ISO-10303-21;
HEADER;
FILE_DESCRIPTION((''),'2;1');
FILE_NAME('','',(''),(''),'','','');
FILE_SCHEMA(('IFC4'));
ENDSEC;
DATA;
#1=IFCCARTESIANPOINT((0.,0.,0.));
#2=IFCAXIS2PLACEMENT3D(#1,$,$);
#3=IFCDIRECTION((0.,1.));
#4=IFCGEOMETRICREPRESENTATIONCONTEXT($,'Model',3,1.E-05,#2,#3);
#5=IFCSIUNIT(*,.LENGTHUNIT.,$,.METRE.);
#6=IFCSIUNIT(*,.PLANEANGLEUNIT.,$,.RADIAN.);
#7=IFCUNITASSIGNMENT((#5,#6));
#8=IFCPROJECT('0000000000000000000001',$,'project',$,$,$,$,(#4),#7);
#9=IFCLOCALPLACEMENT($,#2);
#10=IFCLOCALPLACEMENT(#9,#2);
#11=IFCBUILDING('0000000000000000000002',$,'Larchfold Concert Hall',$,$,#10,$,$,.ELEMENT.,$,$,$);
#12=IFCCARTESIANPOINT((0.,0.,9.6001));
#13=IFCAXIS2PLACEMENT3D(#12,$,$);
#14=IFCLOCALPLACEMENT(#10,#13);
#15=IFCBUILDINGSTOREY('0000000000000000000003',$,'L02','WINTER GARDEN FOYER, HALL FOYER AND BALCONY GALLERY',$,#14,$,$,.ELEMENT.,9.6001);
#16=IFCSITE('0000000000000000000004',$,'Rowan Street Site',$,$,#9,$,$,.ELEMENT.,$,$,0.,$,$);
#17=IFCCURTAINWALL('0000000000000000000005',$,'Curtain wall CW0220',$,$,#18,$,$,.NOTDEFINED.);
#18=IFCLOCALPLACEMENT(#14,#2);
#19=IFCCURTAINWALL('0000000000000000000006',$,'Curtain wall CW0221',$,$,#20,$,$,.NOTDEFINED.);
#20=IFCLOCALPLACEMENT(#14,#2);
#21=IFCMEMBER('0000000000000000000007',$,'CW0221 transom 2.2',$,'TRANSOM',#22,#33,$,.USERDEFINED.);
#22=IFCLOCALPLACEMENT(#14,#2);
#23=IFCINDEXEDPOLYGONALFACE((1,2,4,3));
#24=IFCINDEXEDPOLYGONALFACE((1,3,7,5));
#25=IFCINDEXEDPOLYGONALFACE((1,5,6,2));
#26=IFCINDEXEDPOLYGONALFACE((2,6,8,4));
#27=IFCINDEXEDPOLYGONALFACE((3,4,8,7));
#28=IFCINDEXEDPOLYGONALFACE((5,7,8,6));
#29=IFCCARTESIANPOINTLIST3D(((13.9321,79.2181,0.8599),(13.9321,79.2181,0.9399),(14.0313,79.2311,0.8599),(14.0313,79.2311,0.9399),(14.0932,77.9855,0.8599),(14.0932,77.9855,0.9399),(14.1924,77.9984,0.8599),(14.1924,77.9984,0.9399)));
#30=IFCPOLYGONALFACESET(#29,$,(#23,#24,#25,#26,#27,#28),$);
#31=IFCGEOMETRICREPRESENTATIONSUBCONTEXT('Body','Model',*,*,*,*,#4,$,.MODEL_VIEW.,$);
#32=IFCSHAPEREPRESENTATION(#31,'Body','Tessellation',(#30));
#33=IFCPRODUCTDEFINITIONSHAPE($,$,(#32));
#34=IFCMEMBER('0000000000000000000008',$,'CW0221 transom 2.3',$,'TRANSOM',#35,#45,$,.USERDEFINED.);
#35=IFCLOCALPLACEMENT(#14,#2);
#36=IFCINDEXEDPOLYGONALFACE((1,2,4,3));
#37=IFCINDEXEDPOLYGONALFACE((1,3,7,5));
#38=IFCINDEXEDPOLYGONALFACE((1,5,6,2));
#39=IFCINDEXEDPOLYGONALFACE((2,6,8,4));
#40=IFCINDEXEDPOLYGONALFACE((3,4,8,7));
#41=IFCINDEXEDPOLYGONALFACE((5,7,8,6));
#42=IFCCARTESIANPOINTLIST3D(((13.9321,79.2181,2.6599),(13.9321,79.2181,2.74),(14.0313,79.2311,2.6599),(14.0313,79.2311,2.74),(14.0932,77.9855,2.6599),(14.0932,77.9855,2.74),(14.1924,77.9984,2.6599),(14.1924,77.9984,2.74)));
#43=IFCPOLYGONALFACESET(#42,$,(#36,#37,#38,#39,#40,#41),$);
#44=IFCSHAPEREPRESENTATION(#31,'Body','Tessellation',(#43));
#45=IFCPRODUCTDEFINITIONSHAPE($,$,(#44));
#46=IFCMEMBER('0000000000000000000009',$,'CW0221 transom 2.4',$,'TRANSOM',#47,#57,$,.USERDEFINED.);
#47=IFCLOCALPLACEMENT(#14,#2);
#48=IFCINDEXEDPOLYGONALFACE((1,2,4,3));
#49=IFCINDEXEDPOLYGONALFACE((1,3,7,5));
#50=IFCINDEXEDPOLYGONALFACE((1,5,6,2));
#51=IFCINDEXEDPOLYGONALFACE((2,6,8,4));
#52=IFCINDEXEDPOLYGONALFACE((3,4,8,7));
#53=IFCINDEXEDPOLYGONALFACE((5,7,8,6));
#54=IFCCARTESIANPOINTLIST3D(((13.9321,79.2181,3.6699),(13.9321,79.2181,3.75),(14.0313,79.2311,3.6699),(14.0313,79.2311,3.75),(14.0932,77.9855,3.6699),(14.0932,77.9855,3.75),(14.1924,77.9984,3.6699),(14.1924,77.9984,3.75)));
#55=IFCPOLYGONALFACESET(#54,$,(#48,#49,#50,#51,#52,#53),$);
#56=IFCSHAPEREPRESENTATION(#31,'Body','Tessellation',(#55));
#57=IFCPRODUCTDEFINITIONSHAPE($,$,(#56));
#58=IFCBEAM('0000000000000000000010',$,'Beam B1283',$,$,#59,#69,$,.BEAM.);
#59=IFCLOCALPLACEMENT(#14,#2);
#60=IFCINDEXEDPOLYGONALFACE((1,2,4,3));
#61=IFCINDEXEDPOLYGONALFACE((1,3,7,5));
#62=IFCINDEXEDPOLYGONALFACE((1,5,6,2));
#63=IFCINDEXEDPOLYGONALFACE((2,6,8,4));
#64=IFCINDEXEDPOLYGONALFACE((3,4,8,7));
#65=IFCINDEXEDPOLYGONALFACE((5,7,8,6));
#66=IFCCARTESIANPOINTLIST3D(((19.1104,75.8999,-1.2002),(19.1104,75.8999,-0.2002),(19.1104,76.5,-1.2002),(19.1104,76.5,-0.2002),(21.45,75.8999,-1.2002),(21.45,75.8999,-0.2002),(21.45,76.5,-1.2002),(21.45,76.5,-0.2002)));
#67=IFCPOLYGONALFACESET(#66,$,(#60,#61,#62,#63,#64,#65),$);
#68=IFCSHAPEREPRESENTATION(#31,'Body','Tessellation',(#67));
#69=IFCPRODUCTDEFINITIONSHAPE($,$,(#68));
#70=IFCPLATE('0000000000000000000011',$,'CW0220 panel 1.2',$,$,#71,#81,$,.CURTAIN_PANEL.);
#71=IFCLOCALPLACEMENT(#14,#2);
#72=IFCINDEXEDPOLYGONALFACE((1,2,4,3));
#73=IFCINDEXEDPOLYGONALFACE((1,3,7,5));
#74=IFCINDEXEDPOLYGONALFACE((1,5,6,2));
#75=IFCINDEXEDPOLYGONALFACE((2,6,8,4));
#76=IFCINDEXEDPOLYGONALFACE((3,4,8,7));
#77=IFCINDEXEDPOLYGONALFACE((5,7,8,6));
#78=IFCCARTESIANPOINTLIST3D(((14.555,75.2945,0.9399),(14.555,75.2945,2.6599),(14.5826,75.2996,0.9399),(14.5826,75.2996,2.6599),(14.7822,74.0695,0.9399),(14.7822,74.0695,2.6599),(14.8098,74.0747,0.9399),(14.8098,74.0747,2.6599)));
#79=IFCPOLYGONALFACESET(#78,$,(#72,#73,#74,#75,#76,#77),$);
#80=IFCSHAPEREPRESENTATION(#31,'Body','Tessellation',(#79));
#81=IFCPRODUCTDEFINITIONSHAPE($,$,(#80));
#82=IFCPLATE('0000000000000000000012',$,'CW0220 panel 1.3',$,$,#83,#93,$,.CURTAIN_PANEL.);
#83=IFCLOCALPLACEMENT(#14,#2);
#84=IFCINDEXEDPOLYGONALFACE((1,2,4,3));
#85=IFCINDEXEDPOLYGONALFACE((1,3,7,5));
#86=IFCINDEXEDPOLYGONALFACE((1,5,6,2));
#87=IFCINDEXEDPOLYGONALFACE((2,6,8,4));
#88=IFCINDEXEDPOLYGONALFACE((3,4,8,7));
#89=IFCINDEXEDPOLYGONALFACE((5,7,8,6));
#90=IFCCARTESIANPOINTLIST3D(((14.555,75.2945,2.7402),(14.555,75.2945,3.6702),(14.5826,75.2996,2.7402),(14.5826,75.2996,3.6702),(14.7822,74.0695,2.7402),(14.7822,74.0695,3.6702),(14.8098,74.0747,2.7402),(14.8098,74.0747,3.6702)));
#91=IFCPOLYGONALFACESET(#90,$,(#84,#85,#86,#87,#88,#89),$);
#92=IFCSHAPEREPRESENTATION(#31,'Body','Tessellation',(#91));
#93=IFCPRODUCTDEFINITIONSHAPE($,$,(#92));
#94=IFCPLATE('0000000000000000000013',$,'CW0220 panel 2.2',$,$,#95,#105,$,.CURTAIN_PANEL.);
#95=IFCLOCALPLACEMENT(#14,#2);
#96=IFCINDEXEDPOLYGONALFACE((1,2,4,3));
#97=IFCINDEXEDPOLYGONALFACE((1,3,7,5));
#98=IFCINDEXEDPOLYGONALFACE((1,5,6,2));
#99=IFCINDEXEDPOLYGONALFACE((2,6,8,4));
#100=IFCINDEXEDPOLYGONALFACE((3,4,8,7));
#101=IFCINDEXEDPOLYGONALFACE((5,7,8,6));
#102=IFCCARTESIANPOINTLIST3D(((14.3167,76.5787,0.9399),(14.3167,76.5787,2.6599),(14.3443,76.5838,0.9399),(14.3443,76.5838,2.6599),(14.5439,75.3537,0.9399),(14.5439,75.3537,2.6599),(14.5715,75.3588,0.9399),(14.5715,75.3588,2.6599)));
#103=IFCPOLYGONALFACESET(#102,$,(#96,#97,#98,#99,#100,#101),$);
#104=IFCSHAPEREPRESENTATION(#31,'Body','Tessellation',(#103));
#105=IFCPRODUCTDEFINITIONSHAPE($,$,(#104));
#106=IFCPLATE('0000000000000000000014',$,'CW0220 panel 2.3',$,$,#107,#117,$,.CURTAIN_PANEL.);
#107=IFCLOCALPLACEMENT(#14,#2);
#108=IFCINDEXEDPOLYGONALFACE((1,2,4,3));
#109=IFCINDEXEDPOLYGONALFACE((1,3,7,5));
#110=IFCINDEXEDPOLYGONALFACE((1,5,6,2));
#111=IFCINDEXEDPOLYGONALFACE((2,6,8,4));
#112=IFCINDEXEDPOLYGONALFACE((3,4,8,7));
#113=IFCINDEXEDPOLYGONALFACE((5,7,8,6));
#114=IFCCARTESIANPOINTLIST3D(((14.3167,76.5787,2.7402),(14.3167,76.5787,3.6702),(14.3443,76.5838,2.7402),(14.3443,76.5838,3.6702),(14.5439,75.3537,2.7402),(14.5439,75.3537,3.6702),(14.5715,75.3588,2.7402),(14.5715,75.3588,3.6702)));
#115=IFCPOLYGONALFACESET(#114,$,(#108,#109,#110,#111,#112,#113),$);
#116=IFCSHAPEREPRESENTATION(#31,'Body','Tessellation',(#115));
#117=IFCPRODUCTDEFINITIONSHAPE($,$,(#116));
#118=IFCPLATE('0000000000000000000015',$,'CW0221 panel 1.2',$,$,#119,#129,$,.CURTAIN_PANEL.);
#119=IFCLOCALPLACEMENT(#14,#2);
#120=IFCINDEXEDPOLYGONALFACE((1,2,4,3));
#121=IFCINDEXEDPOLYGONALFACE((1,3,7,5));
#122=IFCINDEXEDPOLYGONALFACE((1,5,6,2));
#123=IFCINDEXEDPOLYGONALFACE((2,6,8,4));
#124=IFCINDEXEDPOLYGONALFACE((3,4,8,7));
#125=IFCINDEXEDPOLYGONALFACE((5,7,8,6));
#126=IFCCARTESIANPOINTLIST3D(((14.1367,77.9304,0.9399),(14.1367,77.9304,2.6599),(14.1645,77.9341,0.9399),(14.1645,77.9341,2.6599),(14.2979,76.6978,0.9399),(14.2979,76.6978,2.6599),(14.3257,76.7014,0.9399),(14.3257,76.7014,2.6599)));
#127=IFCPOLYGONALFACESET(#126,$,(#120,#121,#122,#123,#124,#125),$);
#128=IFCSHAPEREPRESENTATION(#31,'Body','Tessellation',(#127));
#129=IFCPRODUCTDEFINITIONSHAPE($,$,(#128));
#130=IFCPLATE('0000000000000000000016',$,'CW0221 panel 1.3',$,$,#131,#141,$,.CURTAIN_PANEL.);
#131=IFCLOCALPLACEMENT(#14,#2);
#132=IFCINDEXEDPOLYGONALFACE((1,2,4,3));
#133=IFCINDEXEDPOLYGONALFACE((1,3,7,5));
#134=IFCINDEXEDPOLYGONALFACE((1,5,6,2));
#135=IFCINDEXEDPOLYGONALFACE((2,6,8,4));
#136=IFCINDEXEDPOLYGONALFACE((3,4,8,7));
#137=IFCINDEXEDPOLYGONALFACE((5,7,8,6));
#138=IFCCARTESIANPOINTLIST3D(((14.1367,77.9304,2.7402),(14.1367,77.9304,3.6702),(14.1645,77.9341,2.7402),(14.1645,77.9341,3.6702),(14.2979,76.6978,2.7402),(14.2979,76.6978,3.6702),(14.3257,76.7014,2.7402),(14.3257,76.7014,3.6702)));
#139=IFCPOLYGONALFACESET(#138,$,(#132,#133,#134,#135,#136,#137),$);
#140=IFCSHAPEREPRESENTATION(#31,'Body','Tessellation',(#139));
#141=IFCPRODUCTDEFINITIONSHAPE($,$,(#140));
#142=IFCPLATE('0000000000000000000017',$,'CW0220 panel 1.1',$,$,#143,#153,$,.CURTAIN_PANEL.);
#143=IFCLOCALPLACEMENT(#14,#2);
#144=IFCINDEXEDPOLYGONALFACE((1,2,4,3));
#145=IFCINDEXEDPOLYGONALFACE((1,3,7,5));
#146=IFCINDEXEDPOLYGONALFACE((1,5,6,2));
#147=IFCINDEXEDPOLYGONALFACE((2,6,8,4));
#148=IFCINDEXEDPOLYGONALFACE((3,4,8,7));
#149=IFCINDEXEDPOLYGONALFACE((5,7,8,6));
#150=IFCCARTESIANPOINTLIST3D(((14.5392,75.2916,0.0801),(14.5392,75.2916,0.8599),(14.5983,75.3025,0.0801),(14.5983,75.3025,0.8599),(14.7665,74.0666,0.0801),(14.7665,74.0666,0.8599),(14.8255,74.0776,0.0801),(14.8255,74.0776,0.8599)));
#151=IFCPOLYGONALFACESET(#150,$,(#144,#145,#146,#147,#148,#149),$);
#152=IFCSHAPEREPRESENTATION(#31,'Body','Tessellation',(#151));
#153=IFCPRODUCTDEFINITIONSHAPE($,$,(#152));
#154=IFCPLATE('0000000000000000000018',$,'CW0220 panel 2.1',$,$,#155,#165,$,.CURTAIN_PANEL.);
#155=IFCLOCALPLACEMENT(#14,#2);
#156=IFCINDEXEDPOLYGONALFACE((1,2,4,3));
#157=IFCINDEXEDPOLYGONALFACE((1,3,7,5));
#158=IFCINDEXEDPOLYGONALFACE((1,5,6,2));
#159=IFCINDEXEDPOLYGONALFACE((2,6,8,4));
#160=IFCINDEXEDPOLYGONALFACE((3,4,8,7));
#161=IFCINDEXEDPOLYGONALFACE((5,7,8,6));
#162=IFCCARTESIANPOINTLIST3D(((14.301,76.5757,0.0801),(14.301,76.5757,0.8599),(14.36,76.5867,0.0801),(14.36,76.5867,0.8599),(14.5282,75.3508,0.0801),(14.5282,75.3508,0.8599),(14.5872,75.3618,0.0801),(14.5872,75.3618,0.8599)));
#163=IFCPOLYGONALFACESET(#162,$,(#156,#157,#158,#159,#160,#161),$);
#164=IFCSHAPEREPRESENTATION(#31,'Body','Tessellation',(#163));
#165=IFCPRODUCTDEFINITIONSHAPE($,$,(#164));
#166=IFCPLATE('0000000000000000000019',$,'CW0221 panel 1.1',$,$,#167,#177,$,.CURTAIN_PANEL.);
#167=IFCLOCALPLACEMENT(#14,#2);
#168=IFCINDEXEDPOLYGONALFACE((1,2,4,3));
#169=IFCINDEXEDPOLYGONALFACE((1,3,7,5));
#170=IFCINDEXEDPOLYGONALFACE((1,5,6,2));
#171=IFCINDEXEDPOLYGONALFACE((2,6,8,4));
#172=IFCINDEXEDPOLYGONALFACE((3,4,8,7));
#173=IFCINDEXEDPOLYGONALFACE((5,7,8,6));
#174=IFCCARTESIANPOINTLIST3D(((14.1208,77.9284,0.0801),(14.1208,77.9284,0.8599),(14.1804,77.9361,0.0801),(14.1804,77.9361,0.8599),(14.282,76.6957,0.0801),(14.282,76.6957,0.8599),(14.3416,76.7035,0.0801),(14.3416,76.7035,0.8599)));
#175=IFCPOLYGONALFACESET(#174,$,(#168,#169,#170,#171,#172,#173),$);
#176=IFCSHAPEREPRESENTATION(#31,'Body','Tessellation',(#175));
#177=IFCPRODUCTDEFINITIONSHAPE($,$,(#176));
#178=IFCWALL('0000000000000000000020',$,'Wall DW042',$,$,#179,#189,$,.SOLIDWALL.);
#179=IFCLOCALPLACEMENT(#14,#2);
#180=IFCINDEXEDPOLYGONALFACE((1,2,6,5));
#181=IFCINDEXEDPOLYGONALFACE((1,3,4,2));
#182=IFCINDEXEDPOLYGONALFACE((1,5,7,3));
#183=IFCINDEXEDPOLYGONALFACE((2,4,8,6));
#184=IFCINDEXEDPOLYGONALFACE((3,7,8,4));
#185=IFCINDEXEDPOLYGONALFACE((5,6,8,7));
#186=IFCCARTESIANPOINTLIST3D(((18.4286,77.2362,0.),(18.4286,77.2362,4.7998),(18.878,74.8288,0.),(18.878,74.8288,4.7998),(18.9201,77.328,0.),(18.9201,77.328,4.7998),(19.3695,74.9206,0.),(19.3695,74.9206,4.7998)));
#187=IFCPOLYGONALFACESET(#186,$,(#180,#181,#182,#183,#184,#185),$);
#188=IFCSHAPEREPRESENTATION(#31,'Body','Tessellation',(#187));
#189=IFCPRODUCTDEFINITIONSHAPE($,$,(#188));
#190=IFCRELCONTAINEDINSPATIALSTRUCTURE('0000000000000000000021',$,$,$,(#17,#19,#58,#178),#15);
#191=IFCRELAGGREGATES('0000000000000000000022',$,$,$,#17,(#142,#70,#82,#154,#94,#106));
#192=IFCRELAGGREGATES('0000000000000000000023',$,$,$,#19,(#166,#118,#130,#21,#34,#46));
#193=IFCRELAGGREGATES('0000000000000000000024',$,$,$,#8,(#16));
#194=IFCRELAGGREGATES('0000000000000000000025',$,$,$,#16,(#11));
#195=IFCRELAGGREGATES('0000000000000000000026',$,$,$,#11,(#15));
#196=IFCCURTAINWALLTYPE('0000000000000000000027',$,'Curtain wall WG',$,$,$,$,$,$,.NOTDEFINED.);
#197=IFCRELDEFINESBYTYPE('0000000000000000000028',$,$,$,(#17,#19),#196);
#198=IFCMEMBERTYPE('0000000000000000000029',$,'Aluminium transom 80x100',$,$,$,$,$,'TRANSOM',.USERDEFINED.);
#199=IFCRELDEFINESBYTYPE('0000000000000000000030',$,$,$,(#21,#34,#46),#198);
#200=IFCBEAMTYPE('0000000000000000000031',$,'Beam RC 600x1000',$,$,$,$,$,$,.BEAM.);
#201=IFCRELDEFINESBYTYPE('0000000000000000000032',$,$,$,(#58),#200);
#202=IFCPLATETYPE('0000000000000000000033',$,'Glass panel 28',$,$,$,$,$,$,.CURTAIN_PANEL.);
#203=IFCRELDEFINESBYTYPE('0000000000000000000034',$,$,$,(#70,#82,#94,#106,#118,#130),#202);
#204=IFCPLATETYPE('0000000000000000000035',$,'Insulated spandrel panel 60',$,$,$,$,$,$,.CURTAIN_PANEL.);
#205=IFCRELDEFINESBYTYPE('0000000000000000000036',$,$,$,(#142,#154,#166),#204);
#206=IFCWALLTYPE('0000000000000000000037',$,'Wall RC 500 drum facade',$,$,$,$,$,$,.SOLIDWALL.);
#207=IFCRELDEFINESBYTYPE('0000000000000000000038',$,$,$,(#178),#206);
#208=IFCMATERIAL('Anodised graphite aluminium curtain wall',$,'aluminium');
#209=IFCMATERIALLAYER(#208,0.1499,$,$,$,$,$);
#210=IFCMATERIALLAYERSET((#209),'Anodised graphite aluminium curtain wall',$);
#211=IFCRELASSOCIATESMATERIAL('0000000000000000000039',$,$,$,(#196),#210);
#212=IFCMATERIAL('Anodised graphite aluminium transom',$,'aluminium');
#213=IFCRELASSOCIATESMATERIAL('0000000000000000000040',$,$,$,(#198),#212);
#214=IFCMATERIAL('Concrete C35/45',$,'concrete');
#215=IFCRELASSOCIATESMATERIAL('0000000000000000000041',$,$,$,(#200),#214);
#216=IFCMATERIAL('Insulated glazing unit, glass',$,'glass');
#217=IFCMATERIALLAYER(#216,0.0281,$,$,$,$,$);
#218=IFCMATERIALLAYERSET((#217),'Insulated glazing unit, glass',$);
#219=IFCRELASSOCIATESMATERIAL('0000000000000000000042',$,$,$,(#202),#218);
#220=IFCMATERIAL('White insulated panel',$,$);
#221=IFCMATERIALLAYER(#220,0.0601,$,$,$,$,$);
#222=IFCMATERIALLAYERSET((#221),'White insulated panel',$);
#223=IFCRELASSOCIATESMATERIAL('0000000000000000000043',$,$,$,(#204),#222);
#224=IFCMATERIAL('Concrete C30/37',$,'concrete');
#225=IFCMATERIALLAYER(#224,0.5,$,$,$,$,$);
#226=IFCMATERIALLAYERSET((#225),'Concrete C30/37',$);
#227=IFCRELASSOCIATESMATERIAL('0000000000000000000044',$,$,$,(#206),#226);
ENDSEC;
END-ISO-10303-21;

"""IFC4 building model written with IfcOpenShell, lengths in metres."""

from ifc_helpers import new_model, si_unit, direction, frame, frame_2d, origin, origin_2d, place, context, subcontext, project, spatial, rectangle, extrude, material, layer, layer_set, material_profile, profile_set, type_object, element, aggregate, save


model = new_model("IFC4")

# Units and contexts
model_context = context("Model", 3, precision=1e-05, world=origin(), true_north=direction((0.0, 1.0)))
body_context = subcontext(model_context, "Body", "Model", "MODEL_VIEW")
ifc_project = project(units=[si_unit("LENGTHUNIT", "METRE"), si_unit("PLANEANGLEUNIT", "RADIAN")], contexts=[model_context])

# Site, building, storey
site_placement = place(None, origin())
site = spatial("IfcSite", under=ifc_project, at=site_placement, Name="Rowan Street Site", CompositionType="ELEMENT", RefElevation=0.0)
building_placement = place(site_placement, origin())
building = spatial("IfcBuilding", under=site, at=building_placement, Name="Larchfold Concert Hall", CompositionType="ELEMENT")
storey_placement = place(building_placement, frame((0.0, 0.0, 9.6001)))
storey = spatial("IfcBuildingStorey", under=building, at=storey_placement, Name="L02", Description="WINTER GARDEN FOYER, HALL FOYER AND BALCONY GALLERY", CompositionType="ELEMENT", Elevation=9.6001)

# Curtain walls
ifc_material_1 = material(Name="Anodised graphite aluminium curtain wall", Category="aluminium")
ifc_layer_1 = layer(ifc_material_1, 0.1499)
ifc_layer_set_1 = layer_set([ifc_layer_1], Name="Anodised graphite aluminium curtain wall")
curtain_wall_type = type_object("IfcCurtainWallType", Name="Curtain wall WG", PredefinedType="NOTDEFINED", material=ifc_layer_set_1)
curtain_wall_1_placement = place(storey_placement, origin())
curtain_wall_1 = element("IfcCurtainWall", 1, at=curtain_wall_1_placement, inside=storey, type_object=curtain_wall_type, Name="Curtain wall CW0220", PredefinedType="NOTDEFINED")
curtain_wall_2_placement = place(storey_placement, origin())
curtain_wall_2 = element("IfcCurtainWall", 2, at=curtain_wall_2_placement, inside=storey, type_object=curtain_wall_type, Name="Curtain wall CW0221", PredefinedType="NOTDEFINED")

# Members
ifc_material_2 = material(Name="Anodised graphite aluminium transom", Category="aluminium")
ifc_material_profile_1 = material_profile(ifc_material_2, rectangle(XDim=0.1001, YDim=0.0801, at=origin_2d()))
ifc_profile_set_1 = profile_set([ifc_material_profile_1], Name="Anodised graphite aluminium transom")
member_type_1 = type_object("IfcMemberType", Name="Aluminium transom 80x100", ElementType="TRANSOM", PredefinedType="USERDEFINED", material=ifc_profile_set_1)
member_1_placement = place(storey_placement, frame((14.1428, 77.9919, 0.8999), z_axis=(-0.129616, 0.991564, 0.0), x_axis=(-0.991564, -0.129616, 0.0)))
member_1 = element("IfcMember", 3, at=member_1_placement, type_object=member_type_1, Name="CW0221 transom 2.2", ObjectType="TRANSOM", PredefinedType="USERDEFINED", context=body_context, shape_type="SweptSolid", body=[
    extrude(rectangle(XDim=0.1001, YDim=0.0801, at=origin_2d()), origin(), (0.0, 0.0, 1.0), 1.2432),
])
member_2_placement = place(storey_placement, frame((14.1428, 77.9919, 2.7), z_axis=(-0.129616, 0.991564, 0.0), x_axis=(-0.991564, -0.129616, 0.0)))
member_2 = element("IfcMember", 4, at=member_2_placement, type_object=member_type_1, Name="CW0221 transom 2.3", ObjectType="TRANSOM", PredefinedType="USERDEFINED", context=body_context, shape_type="SweptSolid", body=[
    extrude(rectangle(XDim=0.1001, YDim=0.0801, at=origin_2d()), origin(), (0.0, 0.0, 1.0), 1.2432),
])
member_3_placement = place(storey_placement, frame((14.1428, 77.9919, 3.71), z_axis=(-0.129616, 0.991564, 0.0), x_axis=(-0.991564, -0.129616, 0.0)))
member_3 = element("IfcMember", 5, at=member_3_placement, type_object=member_type_1, Name="CW0221 transom 2.4", ObjectType="TRANSOM", PredefinedType="USERDEFINED", context=body_context, shape_type="SweptSolid", body=[
    extrude(rectangle(XDim=0.1001, YDim=0.0801, at=origin_2d()), origin(), (0.0, 0.0, 1.0), 1.2432),
])

# Beam
ifc_material_3 = material(Name="Concrete C35/45", Category="concrete")
ifc_material_profile_2 = material_profile(ifc_material_3, rectangle(XDim=0.6001, YDim=1.0, at=origin_2d()))
ifc_profile_set_2 = profile_set([ifc_material_profile_2], Name="Concrete C35/45")
beam_type = type_object("IfcBeamType", Name="Beam RC 600x1000", PredefinedType="BEAM", material=ifc_profile_set_2)
beam_placement = place(storey_placement, frame((19.1104, 76.2, -0.7002), z_axis=(1.0, 0.0, 0.0), x_axis=(0.0, 1.0, 0.0)))
element("IfcBeam", 6, at=beam_placement, inside=storey, type_object=beam_type, Name="Beam B1283", PredefinedType="BEAM", context=body_context, shape_type="SweptSolid", body=[
    extrude(rectangle(XDim=0.6001, YDim=1.0, at=origin_2d()), origin(), (0.0, 0.0, 1.0), 2.3396),
])

# Plates
ifc_material_4 = material(Name="Insulated glazing unit, glass", Category="glass")
ifc_layer_2 = layer(ifc_material_4, 0.0281)
ifc_layer_set_2 = layer_set([ifc_layer_2], Name="Insulated glazing unit, glass")
plate_type_1 = type_object("IfcPlateType", Name="Glass panel 28", PredefinedType="CURTAIN_PANEL", material=ifc_layer_set_2)
plate_1_placement = place(storey_placement, frame((14.6824, 74.6846, 0.9399), z_axis=(0.0, 0.0, 1.0), x_axis=(-0.18239, 0.983226, 0.0)))
plate_1 = element("IfcPlate", 7, at=plate_1_placement, type_object=plate_type_1, Name="CW0220 panel 1.2", PredefinedType="CURTAIN_PANEL", context=body_context, shape_type="SweptSolid", body=[
    extrude(rectangle(XDim=1.2458, YDim=0.0281, at=origin_2d()), origin(), (0.0, 0.0, 1.0), 1.72),
])
plate_2_placement = place(storey_placement, frame((14.6824, 74.6846, 2.7402), z_axis=(0.0, 0.0, 1.0), x_axis=(-0.18239, 0.983226, 0.0)))
plate_2 = element("IfcPlate", 8, at=plate_2_placement, type_object=plate_type_1, Name="CW0220 panel 1.3", PredefinedType="CURTAIN_PANEL", context=body_context, shape_type="SweptSolid", body=[
    extrude(rectangle(XDim=1.2458, YDim=0.0281, at=origin_2d()), origin(), (0.0, 0.0, 1.0), 0.9299),
])
plate_3_placement = place(storey_placement, frame((14.4441, 75.9688, 0.9399), z_axis=(0.0, 0.0, 1.0), x_axis=(-0.18239, 0.983226, 0.0)))
plate_3 = element("IfcPlate", 9, at=plate_3_placement, type_object=plate_type_1, Name="CW0220 panel 2.2", PredefinedType="CURTAIN_PANEL", context=body_context, shape_type="SweptSolid", body=[
    extrude(rectangle(XDim=1.2458, YDim=0.0281, at=origin_2d()), origin(), (0.0, 0.0, 1.0), 1.72),
])
plate_4_placement = place(storey_placement, frame((14.4441, 75.9688, 2.7402), z_axis=(0.0, 0.0, 1.0), x_axis=(-0.18239, 0.983226, 0.0)))
plate_4 = element("IfcPlate", 10, at=plate_4_placement, type_object=plate_type_1, Name="CW0220 panel 2.3", PredefinedType="CURTAIN_PANEL", context=body_context, shape_type="SweptSolid", body=[
    extrude(rectangle(XDim=1.2458, YDim=0.0281, at=origin_2d()), origin(), (0.0, 0.0, 1.0), 0.9299),
])
plate_5_placement = place(storey_placement, frame((14.2312, 77.3159, 0.9399), z_axis=(0.0, 0.0, 1.0), x_axis=(-0.129644, 0.991561, 0.0)))
plate_5 = element("IfcPlate", 11, at=plate_5_placement, type_object=plate_type_1, Name="CW0221 panel 1.2", PredefinedType="CURTAIN_PANEL", context=body_context, shape_type="SweptSolid", body=[
    extrude(rectangle(XDim=1.2432, YDim=0.0281, at=origin_2d()), origin(), (0.0, 0.0, 1.0), 1.72),
])
plate_6_placement = place(storey_placement, frame((14.2312, 77.3159, 2.7402), z_axis=(0.0, 0.0, 1.0), x_axis=(-0.129644, 0.991561, 0.0)))
plate_6 = element("IfcPlate", 12, at=plate_6_placement, type_object=plate_type_1, Name="CW0221 panel 1.3", PredefinedType="CURTAIN_PANEL", context=body_context, shape_type="SweptSolid", body=[
    extrude(rectangle(XDim=1.2432, YDim=0.0281, at=origin_2d()), origin(), (0.0, 0.0, 1.0), 0.9299),
])
ifc_material_5 = material(Name="White insulated panel")
ifc_layer_3 = layer(ifc_material_5, 0.0601)
ifc_layer_set_3 = layer_set([ifc_layer_3], Name="White insulated panel")
plate_type_2 = type_object("IfcPlateType", Name="Insulated spandrel panel 60", PredefinedType="CURTAIN_PANEL", material=ifc_layer_set_3)
plate_7_placement = place(storey_placement, frame((14.6824, 74.6846, 0.0801), z_axis=(0.0, 0.0, 1.0), x_axis=(-0.18239, 0.983226, 0.0)))
plate_7 = element("IfcPlate", 13, at=plate_7_placement, type_object=plate_type_2, Name="CW0220 panel 1.1", PredefinedType="CURTAIN_PANEL", context=body_context, shape_type="SweptSolid", body=[
    extrude(rectangle(XDim=1.2458, YDim=0.0601, at=origin_2d()), origin(), (0.0, 0.0, 1.0), 0.7798),
])
plate_8_placement = place(storey_placement, frame((14.4441, 75.9688, 0.0801), z_axis=(0.0, 0.0, 1.0), x_axis=(-0.18239, 0.983226, 0.0)))
plate_8 = element("IfcPlate", 14, at=plate_8_placement, type_object=plate_type_2, Name="CW0220 panel 2.1", PredefinedType="CURTAIN_PANEL", context=body_context, shape_type="SweptSolid", body=[
    extrude(rectangle(XDim=1.2458, YDim=0.0601, at=origin_2d()), origin(), (0.0, 0.0, 1.0), 0.7798),
])
aggregate(curtain_wall_1, [plate_7, plate_1, plate_2, plate_8, plate_3, plate_4])
plate_9_placement = place(storey_placement, frame((14.2312, 77.3159, 0.0801), z_axis=(0.0, 0.0, 1.0), x_axis=(-0.129644, 0.991561, 0.0)))
plate_9 = element("IfcPlate", 15, at=plate_9_placement, type_object=plate_type_2, Name="CW0221 panel 1.1", PredefinedType="CURTAIN_PANEL", context=body_context, shape_type="SweptSolid", body=[
    extrude(rectangle(XDim=1.2432, YDim=0.0601, at=origin_2d()), origin(), (0.0, 0.0, 1.0), 0.7798),
])
aggregate(curtain_wall_2, [plate_9, plate_5, plate_6, member_1, member_2, member_3])

# Wall
ifc_material_6 = material(Name="Concrete C30/37", Category="concrete")
ifc_layer_4 = layer(ifc_material_6, 0.5)
ifc_layer_set_4 = layer_set([ifc_layer_4], Name="Concrete C30/37")
wall_type = type_object("IfcWallType", Name="Wall RC 500 drum facade", PredefinedType="SOLIDWALL", material=ifc_layer_set_4)
for number, where, z_axis, x_axis, name in (
    (16, (18.6743, 77.2822, 0.0), (0.0, 0.0, 1.0), (0.183524, -0.983015, 0.0), "Wall DW042"),
):
    element("IfcWall", number, at=place(storey_placement, frame(where, z_axis=z_axis, x_axis=x_axis)), inside=storey, type_object=wall_type, Name=name, PredefinedType="SOLIDWALL", context=body_context, shape_type="SweptSolid", body=[
        extrude(rectangle(XDim=2.449, YDim=0.5, at=frame_2d((1.2246, 0.0))), origin(), (0.0, 0.0, 1.0), 4.7998),
    ])

save(model, "model.ifc")
